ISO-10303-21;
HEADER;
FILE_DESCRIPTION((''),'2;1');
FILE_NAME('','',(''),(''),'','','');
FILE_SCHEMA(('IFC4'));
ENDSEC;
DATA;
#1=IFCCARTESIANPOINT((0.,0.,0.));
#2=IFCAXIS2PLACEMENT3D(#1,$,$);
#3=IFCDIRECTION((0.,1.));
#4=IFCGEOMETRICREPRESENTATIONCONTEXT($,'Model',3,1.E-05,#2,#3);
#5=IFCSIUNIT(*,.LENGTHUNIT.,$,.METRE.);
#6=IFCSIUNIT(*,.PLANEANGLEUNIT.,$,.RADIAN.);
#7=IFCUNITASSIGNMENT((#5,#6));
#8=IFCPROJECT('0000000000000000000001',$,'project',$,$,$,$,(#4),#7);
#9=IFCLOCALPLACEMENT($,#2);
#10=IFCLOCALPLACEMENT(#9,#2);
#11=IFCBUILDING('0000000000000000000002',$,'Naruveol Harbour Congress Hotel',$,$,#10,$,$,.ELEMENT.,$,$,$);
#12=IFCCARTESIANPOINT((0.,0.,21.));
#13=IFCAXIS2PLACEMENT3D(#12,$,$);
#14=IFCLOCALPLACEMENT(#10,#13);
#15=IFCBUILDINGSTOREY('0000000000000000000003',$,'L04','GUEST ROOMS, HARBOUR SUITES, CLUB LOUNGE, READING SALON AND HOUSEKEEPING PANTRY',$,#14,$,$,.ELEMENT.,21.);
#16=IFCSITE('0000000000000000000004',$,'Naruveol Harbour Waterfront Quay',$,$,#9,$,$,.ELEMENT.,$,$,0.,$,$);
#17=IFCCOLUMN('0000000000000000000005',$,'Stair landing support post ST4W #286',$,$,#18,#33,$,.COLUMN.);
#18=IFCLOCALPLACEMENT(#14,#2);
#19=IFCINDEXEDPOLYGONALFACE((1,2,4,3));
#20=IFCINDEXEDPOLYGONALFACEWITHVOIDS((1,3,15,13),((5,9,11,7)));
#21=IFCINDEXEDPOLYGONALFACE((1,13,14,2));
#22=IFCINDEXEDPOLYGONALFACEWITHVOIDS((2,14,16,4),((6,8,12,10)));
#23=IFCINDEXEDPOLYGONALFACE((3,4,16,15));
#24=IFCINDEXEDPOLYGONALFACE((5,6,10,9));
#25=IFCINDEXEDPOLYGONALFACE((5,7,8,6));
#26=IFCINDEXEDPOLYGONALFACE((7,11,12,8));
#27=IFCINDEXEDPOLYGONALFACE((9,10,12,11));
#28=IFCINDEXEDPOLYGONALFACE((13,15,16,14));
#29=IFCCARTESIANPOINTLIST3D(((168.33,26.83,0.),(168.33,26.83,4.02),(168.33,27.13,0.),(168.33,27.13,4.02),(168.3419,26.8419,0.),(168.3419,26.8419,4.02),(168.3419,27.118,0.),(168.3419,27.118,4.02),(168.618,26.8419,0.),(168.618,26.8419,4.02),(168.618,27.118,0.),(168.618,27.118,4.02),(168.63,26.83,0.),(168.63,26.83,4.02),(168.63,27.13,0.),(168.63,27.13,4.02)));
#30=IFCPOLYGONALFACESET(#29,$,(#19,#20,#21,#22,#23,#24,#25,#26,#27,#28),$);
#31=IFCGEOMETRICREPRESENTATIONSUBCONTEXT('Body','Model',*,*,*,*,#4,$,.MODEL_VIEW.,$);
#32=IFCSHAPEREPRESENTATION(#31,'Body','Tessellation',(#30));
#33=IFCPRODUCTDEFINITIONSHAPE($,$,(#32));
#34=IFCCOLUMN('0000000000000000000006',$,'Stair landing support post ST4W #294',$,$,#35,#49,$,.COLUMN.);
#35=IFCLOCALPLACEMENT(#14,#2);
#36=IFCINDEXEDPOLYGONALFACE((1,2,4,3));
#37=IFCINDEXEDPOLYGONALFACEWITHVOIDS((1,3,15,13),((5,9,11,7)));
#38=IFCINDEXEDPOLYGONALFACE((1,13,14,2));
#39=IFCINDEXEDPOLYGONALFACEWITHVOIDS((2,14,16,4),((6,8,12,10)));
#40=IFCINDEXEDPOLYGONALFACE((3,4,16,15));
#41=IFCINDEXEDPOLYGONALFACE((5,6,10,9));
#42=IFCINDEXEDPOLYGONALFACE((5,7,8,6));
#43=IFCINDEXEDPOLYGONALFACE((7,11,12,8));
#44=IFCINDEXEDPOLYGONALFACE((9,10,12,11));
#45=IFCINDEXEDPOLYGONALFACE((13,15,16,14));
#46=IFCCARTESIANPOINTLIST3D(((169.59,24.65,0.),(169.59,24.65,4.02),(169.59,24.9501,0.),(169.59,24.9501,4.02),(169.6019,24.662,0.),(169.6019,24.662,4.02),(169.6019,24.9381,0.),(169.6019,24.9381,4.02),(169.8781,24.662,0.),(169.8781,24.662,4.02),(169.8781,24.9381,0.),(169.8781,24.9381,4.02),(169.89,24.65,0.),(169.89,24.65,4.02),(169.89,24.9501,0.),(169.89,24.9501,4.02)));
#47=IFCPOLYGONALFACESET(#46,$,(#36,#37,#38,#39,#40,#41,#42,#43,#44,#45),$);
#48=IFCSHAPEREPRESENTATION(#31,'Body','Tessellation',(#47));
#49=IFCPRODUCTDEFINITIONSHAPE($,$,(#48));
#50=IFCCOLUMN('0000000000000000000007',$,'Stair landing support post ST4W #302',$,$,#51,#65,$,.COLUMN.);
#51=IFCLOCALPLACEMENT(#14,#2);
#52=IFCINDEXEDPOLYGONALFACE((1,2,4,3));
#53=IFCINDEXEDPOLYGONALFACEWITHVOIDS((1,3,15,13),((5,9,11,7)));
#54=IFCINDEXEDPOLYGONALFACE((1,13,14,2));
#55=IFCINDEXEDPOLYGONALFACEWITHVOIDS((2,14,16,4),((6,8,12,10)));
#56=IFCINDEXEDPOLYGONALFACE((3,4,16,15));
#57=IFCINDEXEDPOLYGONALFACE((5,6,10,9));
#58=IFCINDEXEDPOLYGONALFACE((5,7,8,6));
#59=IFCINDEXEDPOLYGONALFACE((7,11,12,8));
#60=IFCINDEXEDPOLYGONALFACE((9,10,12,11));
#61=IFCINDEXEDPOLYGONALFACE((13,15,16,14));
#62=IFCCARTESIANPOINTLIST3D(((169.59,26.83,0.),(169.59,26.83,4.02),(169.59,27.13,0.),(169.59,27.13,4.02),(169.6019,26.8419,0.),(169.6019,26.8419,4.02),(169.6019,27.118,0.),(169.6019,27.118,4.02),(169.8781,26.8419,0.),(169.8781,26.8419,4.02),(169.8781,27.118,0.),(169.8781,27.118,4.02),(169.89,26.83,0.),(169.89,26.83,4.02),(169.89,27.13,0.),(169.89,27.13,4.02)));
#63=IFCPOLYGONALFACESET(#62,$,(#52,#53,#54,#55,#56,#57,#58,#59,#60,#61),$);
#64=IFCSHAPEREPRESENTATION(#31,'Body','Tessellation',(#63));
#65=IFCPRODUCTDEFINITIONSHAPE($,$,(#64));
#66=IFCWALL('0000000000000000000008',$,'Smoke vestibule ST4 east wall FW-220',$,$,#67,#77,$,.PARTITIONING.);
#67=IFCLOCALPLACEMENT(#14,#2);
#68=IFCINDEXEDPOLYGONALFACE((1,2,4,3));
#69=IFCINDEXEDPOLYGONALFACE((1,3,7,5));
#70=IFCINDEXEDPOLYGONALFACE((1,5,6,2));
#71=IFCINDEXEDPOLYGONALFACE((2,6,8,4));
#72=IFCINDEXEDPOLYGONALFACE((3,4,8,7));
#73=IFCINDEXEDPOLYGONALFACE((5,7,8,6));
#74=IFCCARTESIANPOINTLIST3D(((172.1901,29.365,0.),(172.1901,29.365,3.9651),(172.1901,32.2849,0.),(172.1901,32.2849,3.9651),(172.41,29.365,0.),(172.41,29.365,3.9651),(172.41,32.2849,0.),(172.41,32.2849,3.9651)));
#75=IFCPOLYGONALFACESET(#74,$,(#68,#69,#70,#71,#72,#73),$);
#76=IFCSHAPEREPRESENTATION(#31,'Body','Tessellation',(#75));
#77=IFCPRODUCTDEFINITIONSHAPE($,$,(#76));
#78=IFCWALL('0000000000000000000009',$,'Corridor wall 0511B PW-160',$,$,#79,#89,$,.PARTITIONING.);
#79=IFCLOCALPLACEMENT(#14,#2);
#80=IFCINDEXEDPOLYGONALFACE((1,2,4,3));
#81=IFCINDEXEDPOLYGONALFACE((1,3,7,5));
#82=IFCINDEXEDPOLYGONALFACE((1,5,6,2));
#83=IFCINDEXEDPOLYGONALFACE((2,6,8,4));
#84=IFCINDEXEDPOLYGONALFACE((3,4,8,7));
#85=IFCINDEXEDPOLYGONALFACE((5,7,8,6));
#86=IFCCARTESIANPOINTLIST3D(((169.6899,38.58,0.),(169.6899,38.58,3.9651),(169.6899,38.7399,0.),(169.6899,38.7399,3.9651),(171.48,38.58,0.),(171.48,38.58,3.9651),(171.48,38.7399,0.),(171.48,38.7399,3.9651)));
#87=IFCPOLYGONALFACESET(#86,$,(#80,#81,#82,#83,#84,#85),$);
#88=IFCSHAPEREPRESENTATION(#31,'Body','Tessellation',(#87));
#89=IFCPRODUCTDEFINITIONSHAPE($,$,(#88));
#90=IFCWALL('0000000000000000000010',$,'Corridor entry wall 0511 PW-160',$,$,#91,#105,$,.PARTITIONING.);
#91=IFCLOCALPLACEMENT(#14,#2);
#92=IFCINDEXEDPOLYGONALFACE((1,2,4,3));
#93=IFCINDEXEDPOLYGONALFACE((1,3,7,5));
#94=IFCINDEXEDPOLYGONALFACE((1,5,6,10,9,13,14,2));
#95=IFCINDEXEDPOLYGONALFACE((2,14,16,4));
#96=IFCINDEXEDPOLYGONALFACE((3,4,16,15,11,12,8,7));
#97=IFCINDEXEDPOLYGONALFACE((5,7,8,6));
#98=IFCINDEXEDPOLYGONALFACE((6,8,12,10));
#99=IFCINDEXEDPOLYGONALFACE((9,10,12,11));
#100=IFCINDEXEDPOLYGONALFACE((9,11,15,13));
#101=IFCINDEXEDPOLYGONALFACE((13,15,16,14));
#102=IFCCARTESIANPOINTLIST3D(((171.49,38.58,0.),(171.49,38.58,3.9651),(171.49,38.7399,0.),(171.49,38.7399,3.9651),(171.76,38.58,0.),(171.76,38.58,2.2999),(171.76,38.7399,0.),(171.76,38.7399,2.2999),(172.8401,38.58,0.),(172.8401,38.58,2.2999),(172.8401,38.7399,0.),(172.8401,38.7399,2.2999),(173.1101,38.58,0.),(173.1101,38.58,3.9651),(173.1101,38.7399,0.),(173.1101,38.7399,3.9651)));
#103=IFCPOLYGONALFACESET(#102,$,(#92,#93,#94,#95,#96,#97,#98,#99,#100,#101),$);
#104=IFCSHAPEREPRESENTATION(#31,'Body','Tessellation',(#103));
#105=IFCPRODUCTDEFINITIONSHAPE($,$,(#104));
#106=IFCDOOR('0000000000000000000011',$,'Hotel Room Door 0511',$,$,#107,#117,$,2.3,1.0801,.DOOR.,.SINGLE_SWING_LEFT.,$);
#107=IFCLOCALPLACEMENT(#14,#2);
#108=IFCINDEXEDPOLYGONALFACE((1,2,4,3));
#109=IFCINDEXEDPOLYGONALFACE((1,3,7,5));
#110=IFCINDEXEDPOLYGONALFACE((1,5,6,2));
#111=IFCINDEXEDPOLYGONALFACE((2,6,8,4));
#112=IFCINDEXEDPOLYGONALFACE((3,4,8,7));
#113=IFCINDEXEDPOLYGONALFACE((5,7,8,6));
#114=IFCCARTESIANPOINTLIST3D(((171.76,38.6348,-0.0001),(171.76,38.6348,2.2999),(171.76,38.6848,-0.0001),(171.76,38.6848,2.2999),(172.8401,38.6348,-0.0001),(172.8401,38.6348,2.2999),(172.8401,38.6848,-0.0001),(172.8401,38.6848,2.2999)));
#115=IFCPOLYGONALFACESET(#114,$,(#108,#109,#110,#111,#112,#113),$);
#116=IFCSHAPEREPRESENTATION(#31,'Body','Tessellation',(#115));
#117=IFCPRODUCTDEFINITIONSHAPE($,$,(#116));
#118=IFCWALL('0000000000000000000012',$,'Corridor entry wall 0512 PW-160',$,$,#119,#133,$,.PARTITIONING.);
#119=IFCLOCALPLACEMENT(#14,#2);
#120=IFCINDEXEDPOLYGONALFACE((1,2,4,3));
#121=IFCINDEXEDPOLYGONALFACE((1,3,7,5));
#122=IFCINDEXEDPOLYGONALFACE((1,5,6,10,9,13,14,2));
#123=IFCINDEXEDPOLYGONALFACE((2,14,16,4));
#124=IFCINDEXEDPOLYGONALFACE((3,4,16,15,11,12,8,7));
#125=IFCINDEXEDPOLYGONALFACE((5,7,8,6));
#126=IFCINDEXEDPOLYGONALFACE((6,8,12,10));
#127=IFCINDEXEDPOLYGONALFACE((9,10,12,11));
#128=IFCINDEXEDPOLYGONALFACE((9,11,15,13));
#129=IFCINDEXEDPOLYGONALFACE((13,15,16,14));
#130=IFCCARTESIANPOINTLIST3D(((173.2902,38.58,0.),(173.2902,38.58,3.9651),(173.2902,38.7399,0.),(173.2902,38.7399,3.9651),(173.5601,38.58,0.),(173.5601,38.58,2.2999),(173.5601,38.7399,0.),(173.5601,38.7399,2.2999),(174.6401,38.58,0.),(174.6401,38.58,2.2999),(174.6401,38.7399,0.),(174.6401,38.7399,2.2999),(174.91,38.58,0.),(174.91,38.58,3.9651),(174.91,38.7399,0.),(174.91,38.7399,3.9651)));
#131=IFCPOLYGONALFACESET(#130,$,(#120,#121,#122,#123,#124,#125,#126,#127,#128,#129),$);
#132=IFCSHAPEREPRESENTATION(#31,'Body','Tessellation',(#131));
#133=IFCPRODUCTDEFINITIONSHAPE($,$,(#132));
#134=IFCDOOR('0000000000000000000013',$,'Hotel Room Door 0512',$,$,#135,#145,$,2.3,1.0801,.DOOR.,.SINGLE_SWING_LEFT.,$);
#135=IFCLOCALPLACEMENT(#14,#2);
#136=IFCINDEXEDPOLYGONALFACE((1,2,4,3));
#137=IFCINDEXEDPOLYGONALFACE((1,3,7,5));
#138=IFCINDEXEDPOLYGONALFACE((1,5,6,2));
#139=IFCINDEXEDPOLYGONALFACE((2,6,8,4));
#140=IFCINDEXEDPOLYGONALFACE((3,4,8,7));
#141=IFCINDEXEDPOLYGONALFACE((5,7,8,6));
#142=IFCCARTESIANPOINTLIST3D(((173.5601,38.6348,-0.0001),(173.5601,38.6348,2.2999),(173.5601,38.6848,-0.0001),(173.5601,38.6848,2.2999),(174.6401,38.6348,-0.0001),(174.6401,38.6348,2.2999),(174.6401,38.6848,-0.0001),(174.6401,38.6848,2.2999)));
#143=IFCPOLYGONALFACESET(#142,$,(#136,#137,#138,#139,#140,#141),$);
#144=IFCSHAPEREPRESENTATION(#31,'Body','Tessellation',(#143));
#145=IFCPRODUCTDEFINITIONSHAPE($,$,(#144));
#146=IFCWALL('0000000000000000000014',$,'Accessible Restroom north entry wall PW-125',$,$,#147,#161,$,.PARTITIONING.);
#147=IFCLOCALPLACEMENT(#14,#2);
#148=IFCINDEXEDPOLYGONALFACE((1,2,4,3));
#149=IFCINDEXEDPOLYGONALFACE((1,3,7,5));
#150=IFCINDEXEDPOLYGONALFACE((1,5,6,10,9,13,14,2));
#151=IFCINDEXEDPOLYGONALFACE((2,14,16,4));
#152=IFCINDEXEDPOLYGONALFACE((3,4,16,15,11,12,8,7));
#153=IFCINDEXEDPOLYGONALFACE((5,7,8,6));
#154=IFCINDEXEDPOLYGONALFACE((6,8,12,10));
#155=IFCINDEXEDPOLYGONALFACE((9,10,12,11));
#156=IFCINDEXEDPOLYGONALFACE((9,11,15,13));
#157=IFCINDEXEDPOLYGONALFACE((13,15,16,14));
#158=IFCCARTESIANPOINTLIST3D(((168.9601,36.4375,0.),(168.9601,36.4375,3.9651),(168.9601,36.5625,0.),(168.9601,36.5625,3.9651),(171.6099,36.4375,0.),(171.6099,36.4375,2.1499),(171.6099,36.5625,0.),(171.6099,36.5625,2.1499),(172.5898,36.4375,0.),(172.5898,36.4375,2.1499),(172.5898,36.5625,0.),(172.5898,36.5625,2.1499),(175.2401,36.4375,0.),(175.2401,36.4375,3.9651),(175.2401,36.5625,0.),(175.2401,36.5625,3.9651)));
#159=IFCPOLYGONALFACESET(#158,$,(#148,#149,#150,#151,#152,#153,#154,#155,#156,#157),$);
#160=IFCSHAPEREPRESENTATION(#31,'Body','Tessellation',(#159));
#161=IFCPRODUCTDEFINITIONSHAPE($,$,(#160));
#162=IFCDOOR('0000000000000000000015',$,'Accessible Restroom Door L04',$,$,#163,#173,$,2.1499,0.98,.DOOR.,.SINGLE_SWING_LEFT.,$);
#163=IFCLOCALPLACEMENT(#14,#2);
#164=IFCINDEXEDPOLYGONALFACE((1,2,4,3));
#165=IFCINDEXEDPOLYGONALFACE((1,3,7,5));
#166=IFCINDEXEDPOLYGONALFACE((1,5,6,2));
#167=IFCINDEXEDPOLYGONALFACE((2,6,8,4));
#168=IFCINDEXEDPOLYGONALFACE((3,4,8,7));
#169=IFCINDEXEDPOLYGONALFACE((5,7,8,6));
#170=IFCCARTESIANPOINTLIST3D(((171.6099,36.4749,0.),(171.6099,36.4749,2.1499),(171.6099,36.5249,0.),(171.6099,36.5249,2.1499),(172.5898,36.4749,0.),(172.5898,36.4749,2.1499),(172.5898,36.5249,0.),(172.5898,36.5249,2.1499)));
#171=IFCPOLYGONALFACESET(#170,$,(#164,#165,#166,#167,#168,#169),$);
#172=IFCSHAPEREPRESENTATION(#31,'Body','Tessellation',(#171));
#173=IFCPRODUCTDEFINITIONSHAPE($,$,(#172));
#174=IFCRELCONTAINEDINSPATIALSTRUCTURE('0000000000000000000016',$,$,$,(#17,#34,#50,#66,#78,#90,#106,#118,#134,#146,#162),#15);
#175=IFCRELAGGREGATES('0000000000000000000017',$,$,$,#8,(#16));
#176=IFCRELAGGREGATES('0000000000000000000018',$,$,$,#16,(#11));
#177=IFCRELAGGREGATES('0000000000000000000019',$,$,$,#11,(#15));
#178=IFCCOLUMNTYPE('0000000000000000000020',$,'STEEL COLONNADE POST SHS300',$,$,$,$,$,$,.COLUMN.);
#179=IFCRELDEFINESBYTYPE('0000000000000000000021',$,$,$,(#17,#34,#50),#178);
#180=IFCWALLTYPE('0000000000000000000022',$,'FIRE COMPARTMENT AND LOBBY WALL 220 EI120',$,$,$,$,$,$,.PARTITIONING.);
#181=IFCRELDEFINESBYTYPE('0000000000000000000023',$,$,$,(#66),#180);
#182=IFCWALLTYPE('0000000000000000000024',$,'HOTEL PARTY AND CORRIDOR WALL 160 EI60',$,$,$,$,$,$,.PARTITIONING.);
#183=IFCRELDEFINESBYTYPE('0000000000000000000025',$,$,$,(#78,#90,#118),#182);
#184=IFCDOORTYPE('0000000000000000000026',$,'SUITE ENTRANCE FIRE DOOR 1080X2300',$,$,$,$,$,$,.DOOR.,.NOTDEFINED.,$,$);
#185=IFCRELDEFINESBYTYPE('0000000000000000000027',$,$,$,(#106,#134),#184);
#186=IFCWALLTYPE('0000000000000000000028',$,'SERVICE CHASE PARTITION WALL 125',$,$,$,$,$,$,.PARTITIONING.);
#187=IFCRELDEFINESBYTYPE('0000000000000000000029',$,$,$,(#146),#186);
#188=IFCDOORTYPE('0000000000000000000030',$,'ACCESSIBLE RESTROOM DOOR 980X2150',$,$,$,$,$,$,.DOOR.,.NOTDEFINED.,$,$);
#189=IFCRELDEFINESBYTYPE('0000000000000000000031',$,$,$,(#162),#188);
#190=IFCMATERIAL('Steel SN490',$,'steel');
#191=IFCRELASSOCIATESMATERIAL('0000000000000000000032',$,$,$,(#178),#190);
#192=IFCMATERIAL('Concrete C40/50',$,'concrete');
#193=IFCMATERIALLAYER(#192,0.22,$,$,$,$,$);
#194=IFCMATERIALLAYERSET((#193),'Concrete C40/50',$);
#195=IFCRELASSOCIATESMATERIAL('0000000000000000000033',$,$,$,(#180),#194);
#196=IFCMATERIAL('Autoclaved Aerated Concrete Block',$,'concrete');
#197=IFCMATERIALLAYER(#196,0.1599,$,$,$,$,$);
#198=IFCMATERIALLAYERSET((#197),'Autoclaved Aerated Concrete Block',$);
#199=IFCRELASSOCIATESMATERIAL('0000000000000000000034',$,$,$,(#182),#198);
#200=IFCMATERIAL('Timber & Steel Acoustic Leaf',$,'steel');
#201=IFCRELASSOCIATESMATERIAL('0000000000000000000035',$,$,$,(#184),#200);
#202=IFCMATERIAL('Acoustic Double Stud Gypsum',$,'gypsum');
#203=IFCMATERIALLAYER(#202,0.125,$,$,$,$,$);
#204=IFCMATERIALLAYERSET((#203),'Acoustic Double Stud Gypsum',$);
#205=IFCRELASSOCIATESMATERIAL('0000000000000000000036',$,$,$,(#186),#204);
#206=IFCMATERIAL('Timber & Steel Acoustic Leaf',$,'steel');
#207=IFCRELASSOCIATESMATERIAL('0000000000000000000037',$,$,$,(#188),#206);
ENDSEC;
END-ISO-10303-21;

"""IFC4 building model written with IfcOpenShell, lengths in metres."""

from ifc_helpers import new_model, si_unit, direction, frame, frame_2d, origin, origin_2d, place, context, subcontext, project, spatial, rectangle, hollow_rectangle, extrude, material, layer, layer_set, material_profile, profile_set, type_object, element, fill, save


model = new_model("IFC4")

# Units and contexts
model_context = context("Model", 3, precision=1e-05, world=origin(), true_north=direction((0.0, 1.0)))
body_context = subcontext(model_context, "Body", "Model", "MODEL_VIEW")
ifc_project = project(units=[si_unit("LENGTHUNIT", "METRE"), si_unit("PLANEANGLEUNIT", "RADIAN")], contexts=[model_context])

# Site, building, storey
site_placement = place(None, origin())
site = spatial("IfcSite", under=ifc_project, at=site_placement, Name="Naruveol Harbour Waterfront Quay", CompositionType="ELEMENT", RefElevation=0.0)
building_placement = place(site_placement, origin())
building = spatial("IfcBuilding", under=site, at=building_placement, Name="Naruveol Harbour Congress Hotel", CompositionType="ELEMENT")
storey_placement = place(building_placement, frame((0.0, 0.0, 21.0)))
storey = spatial("IfcBuildingStorey", under=building, at=storey_placement, Name="L04", Description="GUEST ROOMS, HARBOUR SUITES, CLUB LOUNGE, READING SALON AND HOUSEKEEPING PANTRY", CompositionType="ELEMENT", Elevation=21.0)

# Columns
ifc_material_1 = material(Name="Steel SN490", Category="steel")
ifc_material_profile = material_profile(ifc_material_1, hollow_rectangle(XDim=0.3, YDim=0.3, WallThickness=0.012, at=origin_2d()), Name="SHS-300x300x12")
ifc_profile_set = profile_set([ifc_material_profile], Name="Steel SN490")
column_type = type_object("IfcColumnType", Name="STEEL COLONNADE POST SHS300", PredefinedType="COLUMN", material=ifc_profile_set)
for number, where, z_axis, x_axis, name in (
    (1, (168.48, 26.98, 0.0), (0.0, 0.0, 1.0), (1.0, 0.0, 0.0), "Stair landing support post ST4W #286"),
    (2, (169.74, 24.8, 0.0), (0.0, 0.0, 1.0), (1.0, 0.0, 0.0), "Stair landing support post ST4W #294"),
    (3, (169.74, 26.98, 0.0), (0.0, 0.0, 1.0), (1.0, 0.0, 0.0), "Stair landing support post ST4W #302"),
):
    element("IfcColumn", number, at=place(storey_placement, frame(where, z_axis=z_axis, x_axis=x_axis)), inside=storey, type_object=column_type, Name=name, PredefinedType="COLUMN", context=body_context, shape_type="SweptSolid", body=[
        extrude(hollow_rectangle(XDim=0.3, YDim=0.3, WallThickness=0.012, at=origin_2d()), origin(), (0.0, 0.0, 1.0), 4.02),
    ])

# Walls
ifc_material_2 = material(Name="Concrete C40/50", Category="concrete")
ifc_layer_1 = layer(ifc_material_2, 0.22)
ifc_layer_set_1 = layer_set([ifc_layer_1], Name="Concrete C40/50")
wall_type_1 = type_object("IfcWallType", Name="FIRE COMPARTMENT AND LOBBY WALL 220 EI120", PredefinedType="PARTITIONING", material=ifc_layer_set_1)
wall_1_placement = place(storey_placement, frame((172.3, 29.365, 0.0), z_axis=(0.0, 0.0, 1.0), x_axis=(0.0, 1.0, 0.0)))
element("IfcWall", 4, at=wall_1_placement, inside=storey, type_object=wall_type_1, Name="Smoke vestibule ST4 east wall FW-220", PredefinedType="PARTITIONING", context=body_context, shape_type="SweptSolid", body=[
    extrude(rectangle(XDim=2.9199, YDim=0.22, at=frame_2d((1.46, 0.0))), origin(), (0.0, 0.0, 1.0), 3.9651),
])
ifc_material_3 = material(Name="Autoclaved Aerated Concrete Block", Category="concrete")
ifc_layer_2 = layer(ifc_material_3, 0.1599)
ifc_layer_set_2 = layer_set([ifc_layer_2], Name="Autoclaved Aerated Concrete Block")
wall_type_2 = type_object("IfcWallType", Name="HOTEL PARTY AND CORRIDOR WALL 160 EI60", PredefinedType="PARTITIONING", material=ifc_layer_set_2)
wall_2_placement = place(storey_placement, frame((169.6899, 38.6599, 0.0), z_axis=(0.0, 0.0, 1.0), x_axis=(1.0, 0.0, 0.0)))
element("IfcWall", 5, at=wall_2_placement, inside=storey, type_object=wall_type_2, Name="Corridor wall 0511B PW-160", PredefinedType="PARTITIONING", context=body_context, shape_type="SweptSolid", body=[
    extrude(rectangle(XDim=1.79, YDim=0.1599, at=frame_2d((0.895, 0.0))), origin(), (0.0, 0.0, 1.0), 3.9651),
])

# Walls, openings, doors
wall_3_placement = place(storey_placement, frame((171.49, 38.6599, 0.0), z_axis=(0.0, 0.0, 1.0), x_axis=(1.0, 0.0, 0.0)))
wall_3 = element("IfcWall", 6, at=wall_3_placement, inside=storey, type_object=wall_type_2, Name="Corridor entry wall 0511 PW-160", PredefinedType="PARTITIONING", context=body_context, shape_type="SweptSolid", body=[
    extrude(rectangle(XDim=1.6201, YDim=0.1599, at=frame_2d((0.8101, 0.0))), origin(), (0.0, 0.0, 1.0), 3.9651),
])
opening_1_placement = place(wall_3_placement, frame((0.27, 0.0, 0.0)))
opening_1 = element("IfcOpeningElement", 7, at=opening_1_placement, cuts=wall_3, PredefinedType="OPENING", context=body_context, shape_type="SweptSolid", body=[
    extrude(rectangle(XDim=1.0801, YDim=2.3, at=frame_2d((0.54, 1.1499))), frame((0.0, 0.0898, 0.0), z_axis=(0.0, -1.0, 0.0), x_axis=(1.0, 0.0, 0.0)), (0.0, 0.0, 1.0), 0.1799),
])
ifc_material_4 = material(Name="Timber & Steel Acoustic Leaf", Category="steel")
door_type_1 = type_object("IfcDoorType", Name="SUITE ENTRANCE FIRE DOOR 1080X2300", OperationType="NOTDEFINED", PredefinedType="DOOR", material=ifc_material_4)
door_1_placement = place(opening_1_placement, origin())
door_1 = element("IfcDoor", 8, at=door_1_placement, inside=storey, type_object=door_type_1, Name="Hotel Room Door 0511", OperationType="SINGLE_SWING_LEFT", OverallHeight=2.3, OverallWidth=1.0801, PredefinedType="DOOR", context=body_context, shape_type="SweptSolid", body=[
    extrude(rectangle(XDim=1.0801, YDim=2.3, at=frame_2d((0.54, 1.1499))), frame((0.0, 0.0249, 0.0), z_axis=(0.0, -1.0, 0.0), x_axis=(1.0, 0.0, 0.0)), (0.0, 0.0, 1.0), 0.05),
])
fill(opening_1, door_1)
wall_4_placement = place(storey_placement, frame((173.29, 38.6599, 0.0), z_axis=(0.0, 0.0, 1.0), x_axis=(1.0, 0.0, 0.0)))
wall_4 = element("IfcWall", 9, at=wall_4_placement, inside=storey, type_object=wall_type_2, Name="Corridor entry wall 0512 PW-160", PredefinedType="PARTITIONING", context=body_context, shape_type="SweptSolid", body=[
    extrude(rectangle(XDim=1.6199, YDim=0.1599, at=frame_2d((0.8101, 0.0))), origin(), (0.0, 0.0, 1.0), 3.9651),
])
opening_2_placement = place(wall_4_placement, frame((0.27, 0.0, 0.0)))
opening_2 = element("IfcOpeningElement", 10, at=opening_2_placement, cuts=wall_4, PredefinedType="OPENING", context=body_context, shape_type="SweptSolid", body=[
    extrude(rectangle(XDim=1.0801, YDim=2.3, at=frame_2d((0.54, 1.1499))), frame((0.0, 0.0898, 0.0), z_axis=(0.0, -1.0, 0.0), x_axis=(1.0, 0.0, 0.0)), (0.0, 0.0, 1.0), 0.1799),
])
door_2_placement = place(opening_2_placement, origin())
door_2 = element("IfcDoor", 11, at=door_2_placement, inside=storey, type_object=door_type_1, Name="Hotel Room Door 0512", OperationType="SINGLE_SWING_LEFT", OverallHeight=2.3, OverallWidth=1.0801, PredefinedType="DOOR", context=body_context, shape_type="SweptSolid", body=[
    extrude(rectangle(XDim=1.0801, YDim=2.3, at=frame_2d((0.54, 1.1499))), frame((0.0, 0.0249, 0.0), z_axis=(0.0, -1.0, 0.0), x_axis=(1.0, 0.0, 0.0)), (0.0, 0.0, 1.0), 0.05),
])
fill(opening_2, door_2)
ifc_material_5 = material(Name="Acoustic Double Stud Gypsum", Category="gypsum")
ifc_layer_3 = layer(ifc_material_5, 0.125)
ifc_layer_set_3 = layer_set([ifc_layer_3], Name="Acoustic Double Stud Gypsum")
wall_type_3 = type_object("IfcWallType", Name="SERVICE CHASE PARTITION WALL 125", PredefinedType="PARTITIONING", material=ifc_layer_set_3)
wall_5_placement = place(storey_placement, frame((168.96, 36.5, 0.0), z_axis=(0.0, 0.0, 1.0), x_axis=(1.0, 0.0, 0.0)))
wall_5 = element("IfcWall", 12, at=wall_5_placement, inside=storey, type_object=wall_type_3, Name="Accessible Restroom north entry wall PW-125", PredefinedType="PARTITIONING", context=body_context, shape_type="SweptSolid", body=[
    extrude(rectangle(XDim=6.28, YDim=0.125, at=frame_2d((3.1401, 0.0))), origin(), (0.0, 0.0, 1.0), 3.9651),
])
opening_3_placement = place(wall_5_placement, frame((2.6499, 0.0, 0.0)))
opening_3 = element("IfcOpeningElement", 13, at=opening_3_placement, cuts=wall_5, PredefinedType="OPENING", context=body_context, shape_type="SweptSolid", body=[
    extrude(rectangle(XDim=0.98, YDim=2.1499, at=frame_2d((0.49, 1.075))), frame((0.0, 0.0725, 0.0), z_axis=(0.0, -1.0, 0.0), x_axis=(1.0, 0.0, 0.0)), (0.0, 0.0, 1.0), 0.145),
])
ifc_material_6 = material(Name="Timber & Steel Acoustic Leaf", Category="steel")
door_type_2 = type_object("IfcDoorType", Name="ACCESSIBLE RESTROOM DOOR 980X2150", OperationType="NOTDEFINED", PredefinedType="DOOR", material=ifc_material_6)
door_3_placement = place(opening_3_placement, origin())
door_3 = element("IfcDoor", 14, at=door_3_placement, inside=storey, type_object=door_type_2, Name="Accessible Restroom Door L04", OperationType="SINGLE_SWING_LEFT", OverallHeight=2.1499, OverallWidth=0.98, PredefinedType="DOOR", context=body_context, shape_type="SweptSolid", body=[
    extrude(rectangle(XDim=0.98, YDim=2.1499, at=frame_2d((0.49, 1.075))), frame((0.0, 0.0249, 0.0), z_axis=(0.0, -1.0, 0.0), x_axis=(1.0, 0.0, 0.0)), (0.0, 0.0, 1.0), 0.05),
])
fill(opening_3, door_3)

save(model, "model.ifc")
